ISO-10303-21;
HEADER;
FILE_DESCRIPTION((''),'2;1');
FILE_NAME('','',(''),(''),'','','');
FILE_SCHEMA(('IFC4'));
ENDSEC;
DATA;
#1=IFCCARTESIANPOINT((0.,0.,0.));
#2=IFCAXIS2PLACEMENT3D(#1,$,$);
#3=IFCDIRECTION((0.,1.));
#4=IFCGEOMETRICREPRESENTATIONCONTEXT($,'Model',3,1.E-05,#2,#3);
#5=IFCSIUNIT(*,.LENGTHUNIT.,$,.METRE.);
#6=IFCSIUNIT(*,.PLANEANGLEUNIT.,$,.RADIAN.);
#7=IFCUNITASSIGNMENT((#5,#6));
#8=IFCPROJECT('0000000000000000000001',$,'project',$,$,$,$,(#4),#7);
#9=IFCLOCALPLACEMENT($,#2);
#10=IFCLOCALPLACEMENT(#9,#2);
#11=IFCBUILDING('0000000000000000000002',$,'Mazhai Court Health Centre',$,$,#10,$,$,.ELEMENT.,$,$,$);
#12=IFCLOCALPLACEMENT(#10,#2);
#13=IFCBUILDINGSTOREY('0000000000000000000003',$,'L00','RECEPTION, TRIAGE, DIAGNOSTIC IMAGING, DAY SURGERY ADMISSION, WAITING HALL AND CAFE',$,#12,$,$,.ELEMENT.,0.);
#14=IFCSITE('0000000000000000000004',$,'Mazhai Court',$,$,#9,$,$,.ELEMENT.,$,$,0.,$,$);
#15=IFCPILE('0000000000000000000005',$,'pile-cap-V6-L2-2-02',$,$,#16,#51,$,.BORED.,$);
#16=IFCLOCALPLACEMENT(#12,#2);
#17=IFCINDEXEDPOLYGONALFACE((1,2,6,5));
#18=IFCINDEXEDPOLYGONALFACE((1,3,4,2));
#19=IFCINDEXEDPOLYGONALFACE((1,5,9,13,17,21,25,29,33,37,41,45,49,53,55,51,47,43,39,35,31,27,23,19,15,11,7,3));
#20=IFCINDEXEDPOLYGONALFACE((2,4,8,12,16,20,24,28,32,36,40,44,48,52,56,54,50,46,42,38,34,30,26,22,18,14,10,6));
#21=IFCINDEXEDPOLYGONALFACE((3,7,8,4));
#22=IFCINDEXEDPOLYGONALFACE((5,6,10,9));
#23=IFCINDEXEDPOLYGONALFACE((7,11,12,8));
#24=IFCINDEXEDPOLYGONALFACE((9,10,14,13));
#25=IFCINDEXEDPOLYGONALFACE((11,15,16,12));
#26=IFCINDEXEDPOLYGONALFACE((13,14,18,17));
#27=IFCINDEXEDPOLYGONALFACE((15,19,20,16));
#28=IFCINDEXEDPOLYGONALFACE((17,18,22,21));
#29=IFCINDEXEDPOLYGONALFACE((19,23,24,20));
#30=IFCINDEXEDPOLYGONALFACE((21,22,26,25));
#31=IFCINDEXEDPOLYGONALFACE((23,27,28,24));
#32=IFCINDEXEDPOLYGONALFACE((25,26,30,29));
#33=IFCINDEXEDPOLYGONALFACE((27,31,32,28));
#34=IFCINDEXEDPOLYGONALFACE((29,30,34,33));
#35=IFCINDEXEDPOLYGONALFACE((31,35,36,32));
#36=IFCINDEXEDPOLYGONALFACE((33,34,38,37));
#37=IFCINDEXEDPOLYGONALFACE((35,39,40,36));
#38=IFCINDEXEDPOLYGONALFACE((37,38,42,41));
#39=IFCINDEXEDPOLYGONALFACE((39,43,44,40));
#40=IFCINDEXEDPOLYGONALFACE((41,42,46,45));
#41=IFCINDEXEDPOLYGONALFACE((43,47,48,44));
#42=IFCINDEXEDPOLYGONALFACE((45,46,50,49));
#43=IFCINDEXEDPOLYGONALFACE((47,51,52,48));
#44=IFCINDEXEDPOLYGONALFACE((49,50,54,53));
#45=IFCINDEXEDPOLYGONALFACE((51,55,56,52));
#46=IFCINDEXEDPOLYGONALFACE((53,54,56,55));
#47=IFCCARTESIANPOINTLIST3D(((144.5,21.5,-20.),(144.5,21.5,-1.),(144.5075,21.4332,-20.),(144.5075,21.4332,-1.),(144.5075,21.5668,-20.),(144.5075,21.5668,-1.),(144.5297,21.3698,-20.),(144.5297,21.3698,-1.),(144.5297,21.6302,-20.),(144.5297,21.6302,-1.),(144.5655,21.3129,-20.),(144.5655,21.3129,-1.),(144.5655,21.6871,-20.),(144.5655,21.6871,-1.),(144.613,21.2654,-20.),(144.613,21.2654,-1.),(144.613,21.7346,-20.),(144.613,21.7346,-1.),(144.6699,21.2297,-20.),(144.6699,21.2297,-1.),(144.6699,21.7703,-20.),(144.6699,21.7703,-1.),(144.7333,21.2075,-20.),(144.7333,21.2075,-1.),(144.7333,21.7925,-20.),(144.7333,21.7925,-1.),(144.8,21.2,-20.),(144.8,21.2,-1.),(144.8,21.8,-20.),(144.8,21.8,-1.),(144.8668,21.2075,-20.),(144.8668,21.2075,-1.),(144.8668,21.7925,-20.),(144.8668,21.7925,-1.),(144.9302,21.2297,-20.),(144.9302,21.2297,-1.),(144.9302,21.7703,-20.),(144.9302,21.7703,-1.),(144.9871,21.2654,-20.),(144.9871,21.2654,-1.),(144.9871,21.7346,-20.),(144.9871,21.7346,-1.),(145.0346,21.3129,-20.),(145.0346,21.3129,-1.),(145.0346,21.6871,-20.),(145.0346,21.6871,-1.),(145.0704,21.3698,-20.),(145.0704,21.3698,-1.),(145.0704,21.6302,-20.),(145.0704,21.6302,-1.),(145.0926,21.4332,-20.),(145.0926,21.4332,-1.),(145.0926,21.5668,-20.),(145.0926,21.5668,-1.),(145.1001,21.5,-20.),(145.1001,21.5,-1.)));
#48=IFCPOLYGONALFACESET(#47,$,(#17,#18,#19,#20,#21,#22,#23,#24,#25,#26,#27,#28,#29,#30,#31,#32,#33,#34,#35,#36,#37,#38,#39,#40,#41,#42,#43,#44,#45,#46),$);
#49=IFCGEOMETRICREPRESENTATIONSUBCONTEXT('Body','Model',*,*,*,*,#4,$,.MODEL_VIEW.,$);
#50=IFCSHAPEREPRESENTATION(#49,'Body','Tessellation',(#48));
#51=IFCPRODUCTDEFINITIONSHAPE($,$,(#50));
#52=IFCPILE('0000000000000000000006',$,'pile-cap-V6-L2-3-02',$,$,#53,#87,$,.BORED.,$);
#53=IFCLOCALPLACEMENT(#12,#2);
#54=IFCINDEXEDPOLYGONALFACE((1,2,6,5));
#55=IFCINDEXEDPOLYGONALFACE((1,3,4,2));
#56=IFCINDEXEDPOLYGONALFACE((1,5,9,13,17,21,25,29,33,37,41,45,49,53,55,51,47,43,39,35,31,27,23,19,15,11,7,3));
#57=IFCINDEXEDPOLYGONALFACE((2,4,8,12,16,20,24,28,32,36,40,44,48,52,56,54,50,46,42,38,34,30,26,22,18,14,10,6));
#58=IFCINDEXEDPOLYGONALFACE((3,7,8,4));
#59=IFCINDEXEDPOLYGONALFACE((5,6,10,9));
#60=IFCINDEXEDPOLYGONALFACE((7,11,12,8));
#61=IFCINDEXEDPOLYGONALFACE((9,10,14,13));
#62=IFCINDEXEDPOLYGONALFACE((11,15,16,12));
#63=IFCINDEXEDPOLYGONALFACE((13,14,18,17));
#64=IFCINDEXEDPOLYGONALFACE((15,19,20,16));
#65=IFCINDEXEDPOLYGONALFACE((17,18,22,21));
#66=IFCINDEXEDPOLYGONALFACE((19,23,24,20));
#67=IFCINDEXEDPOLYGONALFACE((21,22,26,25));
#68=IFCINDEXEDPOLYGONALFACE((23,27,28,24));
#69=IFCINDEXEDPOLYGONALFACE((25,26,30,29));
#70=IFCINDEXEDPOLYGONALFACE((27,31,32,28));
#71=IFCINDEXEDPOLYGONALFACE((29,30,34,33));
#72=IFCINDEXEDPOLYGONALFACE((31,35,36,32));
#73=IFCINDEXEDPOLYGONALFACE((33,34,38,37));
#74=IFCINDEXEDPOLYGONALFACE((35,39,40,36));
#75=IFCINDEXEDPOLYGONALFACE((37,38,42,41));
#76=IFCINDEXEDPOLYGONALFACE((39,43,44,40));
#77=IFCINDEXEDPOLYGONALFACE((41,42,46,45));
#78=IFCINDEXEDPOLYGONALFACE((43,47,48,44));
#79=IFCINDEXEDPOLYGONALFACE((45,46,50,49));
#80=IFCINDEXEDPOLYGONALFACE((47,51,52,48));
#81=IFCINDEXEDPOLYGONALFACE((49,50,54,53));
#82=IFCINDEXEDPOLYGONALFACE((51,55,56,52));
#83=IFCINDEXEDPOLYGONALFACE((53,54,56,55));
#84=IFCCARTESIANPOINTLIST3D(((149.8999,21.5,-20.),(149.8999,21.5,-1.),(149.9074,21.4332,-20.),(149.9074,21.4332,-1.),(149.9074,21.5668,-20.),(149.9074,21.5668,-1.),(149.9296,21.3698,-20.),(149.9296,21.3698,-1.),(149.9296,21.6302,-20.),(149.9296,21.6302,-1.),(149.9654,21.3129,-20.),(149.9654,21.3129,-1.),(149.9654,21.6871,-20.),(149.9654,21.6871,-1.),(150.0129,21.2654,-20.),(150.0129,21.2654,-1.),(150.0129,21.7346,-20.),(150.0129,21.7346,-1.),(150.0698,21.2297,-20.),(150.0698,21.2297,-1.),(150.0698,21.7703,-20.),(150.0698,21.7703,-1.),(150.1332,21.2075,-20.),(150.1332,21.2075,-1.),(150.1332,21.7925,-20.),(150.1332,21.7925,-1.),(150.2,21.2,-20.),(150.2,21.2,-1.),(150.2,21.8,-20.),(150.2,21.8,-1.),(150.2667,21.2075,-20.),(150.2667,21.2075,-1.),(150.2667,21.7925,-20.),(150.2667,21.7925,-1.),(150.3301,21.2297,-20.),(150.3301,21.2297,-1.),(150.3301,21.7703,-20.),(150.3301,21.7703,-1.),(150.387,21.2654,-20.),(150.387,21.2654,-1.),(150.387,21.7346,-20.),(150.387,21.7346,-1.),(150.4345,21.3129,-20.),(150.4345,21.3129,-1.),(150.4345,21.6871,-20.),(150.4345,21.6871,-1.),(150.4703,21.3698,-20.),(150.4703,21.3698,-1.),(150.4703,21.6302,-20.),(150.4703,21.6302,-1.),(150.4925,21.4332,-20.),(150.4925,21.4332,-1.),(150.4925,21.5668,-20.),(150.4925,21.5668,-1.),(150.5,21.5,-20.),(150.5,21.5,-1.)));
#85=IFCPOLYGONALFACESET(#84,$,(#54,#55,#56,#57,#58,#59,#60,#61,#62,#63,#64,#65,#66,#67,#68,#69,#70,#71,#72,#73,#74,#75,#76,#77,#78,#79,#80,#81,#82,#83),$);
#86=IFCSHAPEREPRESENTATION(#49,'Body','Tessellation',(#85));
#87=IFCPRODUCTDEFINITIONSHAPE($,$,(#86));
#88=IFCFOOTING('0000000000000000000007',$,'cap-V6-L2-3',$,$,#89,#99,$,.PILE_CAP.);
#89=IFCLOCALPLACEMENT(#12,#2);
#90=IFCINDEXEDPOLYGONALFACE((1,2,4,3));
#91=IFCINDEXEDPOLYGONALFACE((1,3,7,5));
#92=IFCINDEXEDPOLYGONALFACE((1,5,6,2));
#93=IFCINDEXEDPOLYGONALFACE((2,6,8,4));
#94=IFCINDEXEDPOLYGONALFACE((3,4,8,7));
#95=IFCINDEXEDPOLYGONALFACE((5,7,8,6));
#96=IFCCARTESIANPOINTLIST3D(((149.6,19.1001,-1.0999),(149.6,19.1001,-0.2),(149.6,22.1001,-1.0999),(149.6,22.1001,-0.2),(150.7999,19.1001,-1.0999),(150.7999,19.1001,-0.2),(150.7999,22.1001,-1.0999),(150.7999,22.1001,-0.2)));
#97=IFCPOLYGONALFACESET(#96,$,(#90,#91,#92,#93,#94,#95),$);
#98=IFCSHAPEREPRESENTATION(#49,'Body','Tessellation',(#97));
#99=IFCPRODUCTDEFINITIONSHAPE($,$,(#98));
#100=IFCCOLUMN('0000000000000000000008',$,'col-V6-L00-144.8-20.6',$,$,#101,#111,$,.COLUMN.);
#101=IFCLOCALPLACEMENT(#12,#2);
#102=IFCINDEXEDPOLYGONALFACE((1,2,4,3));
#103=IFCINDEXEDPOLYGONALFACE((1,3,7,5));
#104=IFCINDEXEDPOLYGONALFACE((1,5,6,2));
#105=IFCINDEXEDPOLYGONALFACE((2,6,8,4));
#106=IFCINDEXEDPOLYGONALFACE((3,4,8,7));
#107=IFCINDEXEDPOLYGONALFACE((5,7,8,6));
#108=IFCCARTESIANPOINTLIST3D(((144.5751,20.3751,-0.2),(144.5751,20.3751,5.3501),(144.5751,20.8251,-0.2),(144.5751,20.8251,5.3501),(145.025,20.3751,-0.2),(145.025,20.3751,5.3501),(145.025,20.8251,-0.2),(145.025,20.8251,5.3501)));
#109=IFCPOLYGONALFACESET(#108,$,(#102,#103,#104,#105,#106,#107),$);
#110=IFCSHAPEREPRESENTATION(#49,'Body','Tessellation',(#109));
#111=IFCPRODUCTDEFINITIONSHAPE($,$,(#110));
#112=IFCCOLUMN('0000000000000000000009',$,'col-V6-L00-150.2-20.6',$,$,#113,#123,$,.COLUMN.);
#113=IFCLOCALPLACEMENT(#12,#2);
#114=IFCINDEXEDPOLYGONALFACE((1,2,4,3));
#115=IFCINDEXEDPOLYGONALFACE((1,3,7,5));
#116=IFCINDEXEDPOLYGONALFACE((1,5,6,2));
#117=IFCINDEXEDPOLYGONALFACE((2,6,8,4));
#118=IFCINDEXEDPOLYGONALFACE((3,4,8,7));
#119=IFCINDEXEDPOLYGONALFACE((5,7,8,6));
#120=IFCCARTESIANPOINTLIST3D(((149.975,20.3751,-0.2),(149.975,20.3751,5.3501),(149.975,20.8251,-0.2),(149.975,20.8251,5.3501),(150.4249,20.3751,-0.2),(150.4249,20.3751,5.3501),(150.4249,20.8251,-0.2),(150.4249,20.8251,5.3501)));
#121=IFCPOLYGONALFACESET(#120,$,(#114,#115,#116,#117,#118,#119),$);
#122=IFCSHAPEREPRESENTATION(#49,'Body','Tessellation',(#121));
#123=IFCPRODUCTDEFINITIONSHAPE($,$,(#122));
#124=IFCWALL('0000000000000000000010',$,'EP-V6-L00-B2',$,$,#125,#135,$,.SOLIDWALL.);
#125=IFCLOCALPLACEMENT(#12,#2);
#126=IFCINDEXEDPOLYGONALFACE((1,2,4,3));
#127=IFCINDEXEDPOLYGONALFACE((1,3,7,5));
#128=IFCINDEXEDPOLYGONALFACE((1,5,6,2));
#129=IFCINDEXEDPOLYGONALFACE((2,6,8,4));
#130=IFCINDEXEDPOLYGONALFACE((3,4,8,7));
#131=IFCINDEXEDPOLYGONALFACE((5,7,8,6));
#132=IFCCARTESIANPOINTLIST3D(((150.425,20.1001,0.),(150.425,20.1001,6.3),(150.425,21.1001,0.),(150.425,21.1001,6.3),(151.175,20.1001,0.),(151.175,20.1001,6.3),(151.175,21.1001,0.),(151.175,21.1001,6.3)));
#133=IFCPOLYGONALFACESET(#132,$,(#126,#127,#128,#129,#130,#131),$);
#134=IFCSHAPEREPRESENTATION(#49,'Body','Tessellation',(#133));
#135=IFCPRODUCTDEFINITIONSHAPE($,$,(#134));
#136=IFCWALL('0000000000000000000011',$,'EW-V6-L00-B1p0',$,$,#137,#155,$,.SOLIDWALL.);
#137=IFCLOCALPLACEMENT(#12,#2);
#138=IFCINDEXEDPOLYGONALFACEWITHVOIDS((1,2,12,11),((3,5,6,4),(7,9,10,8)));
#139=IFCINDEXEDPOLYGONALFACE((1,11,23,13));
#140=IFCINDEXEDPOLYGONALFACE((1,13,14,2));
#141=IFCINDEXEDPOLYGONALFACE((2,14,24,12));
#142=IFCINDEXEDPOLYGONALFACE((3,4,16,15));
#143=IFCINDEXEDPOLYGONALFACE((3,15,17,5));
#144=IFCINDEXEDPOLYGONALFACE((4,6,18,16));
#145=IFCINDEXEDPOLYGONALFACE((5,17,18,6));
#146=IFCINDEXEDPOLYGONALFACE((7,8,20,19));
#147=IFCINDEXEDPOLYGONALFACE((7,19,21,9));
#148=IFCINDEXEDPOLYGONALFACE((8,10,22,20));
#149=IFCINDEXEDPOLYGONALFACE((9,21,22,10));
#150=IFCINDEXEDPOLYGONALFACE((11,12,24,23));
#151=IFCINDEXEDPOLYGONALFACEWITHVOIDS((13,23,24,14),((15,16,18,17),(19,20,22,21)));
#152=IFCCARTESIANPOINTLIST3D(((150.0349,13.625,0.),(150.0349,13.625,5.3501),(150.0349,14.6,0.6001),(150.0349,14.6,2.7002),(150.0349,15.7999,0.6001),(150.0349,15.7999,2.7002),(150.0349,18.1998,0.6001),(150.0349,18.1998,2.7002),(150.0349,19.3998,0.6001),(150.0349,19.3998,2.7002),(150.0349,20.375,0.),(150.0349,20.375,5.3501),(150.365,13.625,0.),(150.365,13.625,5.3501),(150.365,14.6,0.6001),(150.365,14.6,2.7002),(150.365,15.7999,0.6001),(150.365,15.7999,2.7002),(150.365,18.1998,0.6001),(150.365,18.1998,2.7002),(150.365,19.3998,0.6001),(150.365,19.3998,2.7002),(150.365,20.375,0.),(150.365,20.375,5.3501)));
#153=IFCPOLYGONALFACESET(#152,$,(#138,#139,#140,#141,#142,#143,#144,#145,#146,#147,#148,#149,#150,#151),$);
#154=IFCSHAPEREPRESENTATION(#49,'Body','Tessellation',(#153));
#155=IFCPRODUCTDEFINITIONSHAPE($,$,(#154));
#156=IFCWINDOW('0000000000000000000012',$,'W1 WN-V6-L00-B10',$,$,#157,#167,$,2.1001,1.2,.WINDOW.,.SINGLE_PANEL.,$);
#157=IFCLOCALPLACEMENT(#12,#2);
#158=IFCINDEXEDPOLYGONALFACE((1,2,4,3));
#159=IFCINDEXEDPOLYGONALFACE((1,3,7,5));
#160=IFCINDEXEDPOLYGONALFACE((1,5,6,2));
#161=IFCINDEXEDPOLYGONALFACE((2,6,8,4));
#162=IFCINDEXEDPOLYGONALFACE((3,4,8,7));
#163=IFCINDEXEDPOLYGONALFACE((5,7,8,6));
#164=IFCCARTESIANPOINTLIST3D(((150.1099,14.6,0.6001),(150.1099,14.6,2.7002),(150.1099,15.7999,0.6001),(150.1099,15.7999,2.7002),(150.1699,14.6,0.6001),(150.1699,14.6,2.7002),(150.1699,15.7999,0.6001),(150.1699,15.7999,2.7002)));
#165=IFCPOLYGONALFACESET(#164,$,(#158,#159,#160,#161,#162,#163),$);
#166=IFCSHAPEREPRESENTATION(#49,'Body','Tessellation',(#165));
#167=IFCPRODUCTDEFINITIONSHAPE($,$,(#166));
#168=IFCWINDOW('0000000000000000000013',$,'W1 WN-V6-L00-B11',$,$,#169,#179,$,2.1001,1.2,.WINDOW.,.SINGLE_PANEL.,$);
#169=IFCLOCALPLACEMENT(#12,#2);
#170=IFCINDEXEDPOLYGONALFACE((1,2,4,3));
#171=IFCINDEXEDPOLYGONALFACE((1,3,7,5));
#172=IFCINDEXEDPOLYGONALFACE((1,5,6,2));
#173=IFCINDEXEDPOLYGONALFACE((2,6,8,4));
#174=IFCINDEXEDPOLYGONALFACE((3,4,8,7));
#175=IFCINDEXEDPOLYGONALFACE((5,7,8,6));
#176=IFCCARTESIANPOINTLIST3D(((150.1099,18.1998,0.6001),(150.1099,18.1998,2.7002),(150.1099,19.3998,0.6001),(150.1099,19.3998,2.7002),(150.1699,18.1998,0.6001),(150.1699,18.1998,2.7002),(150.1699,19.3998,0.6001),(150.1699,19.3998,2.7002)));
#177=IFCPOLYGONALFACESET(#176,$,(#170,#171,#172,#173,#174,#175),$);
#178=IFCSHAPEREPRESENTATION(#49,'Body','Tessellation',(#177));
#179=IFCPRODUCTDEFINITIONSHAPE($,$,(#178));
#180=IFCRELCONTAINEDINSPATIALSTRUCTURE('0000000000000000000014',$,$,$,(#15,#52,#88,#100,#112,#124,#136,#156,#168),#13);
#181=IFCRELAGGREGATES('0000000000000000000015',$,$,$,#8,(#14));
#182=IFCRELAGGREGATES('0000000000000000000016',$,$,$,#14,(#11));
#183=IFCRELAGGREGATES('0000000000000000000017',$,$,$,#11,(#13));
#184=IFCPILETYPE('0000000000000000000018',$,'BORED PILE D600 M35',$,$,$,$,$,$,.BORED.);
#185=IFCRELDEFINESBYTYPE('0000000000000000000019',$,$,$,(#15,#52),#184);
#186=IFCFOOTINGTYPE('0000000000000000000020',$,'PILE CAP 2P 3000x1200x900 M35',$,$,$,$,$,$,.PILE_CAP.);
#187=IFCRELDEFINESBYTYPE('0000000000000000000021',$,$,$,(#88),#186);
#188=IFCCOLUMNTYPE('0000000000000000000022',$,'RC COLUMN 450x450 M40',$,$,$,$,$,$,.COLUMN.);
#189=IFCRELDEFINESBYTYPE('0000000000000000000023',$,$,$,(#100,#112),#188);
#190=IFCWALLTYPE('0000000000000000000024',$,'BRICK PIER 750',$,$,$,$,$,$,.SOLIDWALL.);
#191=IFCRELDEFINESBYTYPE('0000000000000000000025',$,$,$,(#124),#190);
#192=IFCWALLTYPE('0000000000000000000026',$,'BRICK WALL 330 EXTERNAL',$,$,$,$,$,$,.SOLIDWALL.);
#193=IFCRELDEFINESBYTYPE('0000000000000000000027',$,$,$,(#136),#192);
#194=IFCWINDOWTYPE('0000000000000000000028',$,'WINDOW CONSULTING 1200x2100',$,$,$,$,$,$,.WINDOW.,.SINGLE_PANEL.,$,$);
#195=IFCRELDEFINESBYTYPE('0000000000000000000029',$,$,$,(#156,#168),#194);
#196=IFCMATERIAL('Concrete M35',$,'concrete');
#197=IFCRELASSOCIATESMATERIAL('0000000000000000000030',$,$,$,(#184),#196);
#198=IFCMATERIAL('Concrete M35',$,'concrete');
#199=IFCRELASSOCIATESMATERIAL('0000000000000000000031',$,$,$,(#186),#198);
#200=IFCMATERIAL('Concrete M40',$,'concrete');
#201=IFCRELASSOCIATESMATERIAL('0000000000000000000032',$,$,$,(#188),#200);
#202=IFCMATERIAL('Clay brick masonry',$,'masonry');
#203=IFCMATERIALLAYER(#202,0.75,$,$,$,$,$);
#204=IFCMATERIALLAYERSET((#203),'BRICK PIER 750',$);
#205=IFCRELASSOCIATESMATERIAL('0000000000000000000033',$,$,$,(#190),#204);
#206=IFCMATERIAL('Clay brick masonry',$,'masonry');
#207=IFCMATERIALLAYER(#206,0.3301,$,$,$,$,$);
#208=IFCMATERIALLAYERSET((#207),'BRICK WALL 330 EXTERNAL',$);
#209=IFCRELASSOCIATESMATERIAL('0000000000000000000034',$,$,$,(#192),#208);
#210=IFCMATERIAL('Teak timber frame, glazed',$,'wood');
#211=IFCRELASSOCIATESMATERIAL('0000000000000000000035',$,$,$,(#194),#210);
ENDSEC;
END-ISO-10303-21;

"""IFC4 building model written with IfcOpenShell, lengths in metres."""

from ifc_helpers import new_model, si_unit, direction, frame, frame_2d, origin, origin_2d, place, context, subcontext, project, spatial, rectangle, circle, extrude, material, layer, layer_set, material_profile, profile_set, type_object, element, fill, save


model = new_model("IFC4")

# Units and contexts
model_context = context("Model", 3, precision=1e-05, world=origin(), true_north=direction((0.0, 1.0)))
body_context = subcontext(model_context, "Body", "Model", "MODEL_VIEW")
ifc_project = project(units=[si_unit("LENGTHUNIT", "METRE"), si_unit("PLANEANGLEUNIT", "RADIAN")], contexts=[model_context])

# Site, building, storey
site_placement = place(None, origin())
site = spatial("IfcSite", under=ifc_project, at=site_placement, Name="Mazhai Court", CompositionType="ELEMENT", RefElevation=0.0)
building_placement = place(site_placement, origin())
building = spatial("IfcBuilding", under=site, at=building_placement, Name="Mazhai Court Health Centre", CompositionType="ELEMENT")
storey_placement = place(building_placement, origin())
storey = spatial("IfcBuildingStorey", under=building, at=storey_placement, Name="L00", Description="RECEPTION, TRIAGE, DIAGNOSTIC IMAGING, DAY SURGERY ADMISSION, WAITING HALL AND CAFE", CompositionType="ELEMENT", Elevation=0.0)

# Piles
ifc_material_1 = material(Name="Concrete M35", Category="concrete")
ifc_material_profile_1 = material_profile(ifc_material_1, circle(Radius=0.3, at=origin_2d()), Name="RC PILE D600")
ifc_profile_set_1 = profile_set([ifc_material_profile_1], Name="Concrete M35")
pile_type = type_object("IfcPileType", Name="BORED PILE D600 M35", PredefinedType="BORED", material=ifc_profile_set_1)
for number, where, z_axis, x_axis, name in (
    (1, (144.8, 21.5, -1.0), (0.0, 0.0, -1.0), (1.0, 0.0, 0.0), "pile-cap-V6-L2-2-02"),
    (2, (150.2, 21.5, -1.0), (0.0, 0.0, -1.0), (1.0, 0.0, 0.0), "pile-cap-V6-L2-3-02"),
):
    element("IfcPile", number, at=place(storey_placement, frame(where, z_axis=z_axis, x_axis=x_axis)), inside=storey, type_object=pile_type, Name=name, PredefinedType="BORED", context=body_context, shape_type="SweptSolid", body=[
        extrude(circle(Radius=0.3, at=origin_2d()), origin(), (0.0, 0.0, 1.0), 19.0),
    ])

# Footing
ifc_material_2 = material(Name="Concrete M35", Category="concrete")
footing_type = type_object("IfcFootingType", Name="PILE CAP 2P 3000x1200x900 M35", PredefinedType="PILE_CAP", material=ifc_material_2)
footing_placement = place(storey_placement, frame((150.2, 20.6001, -1.0999), z_axis=(0.0, 0.0, 1.0), x_axis=(1.0, 0.0, 0.0)))
element("IfcFooting", 3, at=footing_placement, inside=storey, type_object=footing_type, Name="cap-V6-L2-3", PredefinedType="PILE_CAP", context=body_context, shape_type="SweptSolid", body=[
    extrude(rectangle(XDim=1.2, YDim=3.0, at=origin_2d()), origin(), (0.0, 0.0, 1.0), 0.8999),
])

# Columns
ifc_material_3 = material(Name="Concrete M40", Category="concrete")
ifc_material_profile_2 = material_profile(ifc_material_3, rectangle(XDim=0.45, YDim=0.45, at=origin_2d()), Name="RC 450x450")
ifc_profile_set_2 = profile_set([ifc_material_profile_2], Name="Concrete M40")
column_type = type_object("IfcColumnType", Name="RC COLUMN 450x450 M40", PredefinedType="COLUMN", material=ifc_profile_set_2)
for number, where, z_axis, x_axis, name in (
    (4, (144.8, 20.6001, -0.2), (0.0, 0.0, 1.0), (1.0, 0.0, 0.0), "col-V6-L00-144.8-20.6"),
    (5, (150.2, 20.6001, -0.2), (0.0, 0.0, 1.0), (1.0, 0.0, 0.0), "col-V6-L00-150.2-20.6"),
):
    element("IfcColumn", number, at=place(storey_placement, frame(where, z_axis=z_axis, x_axis=x_axis)), inside=storey, type_object=column_type, Name=name, PredefinedType="COLUMN", context=body_context, shape_type="SweptSolid", body=[
        extrude(rectangle(XDim=0.45, YDim=0.45, at=origin_2d()), origin(), (0.0, 0.0, 1.0), 5.55),
    ])

# Wall
ifc_material_4 = material(Name="Clay brick masonry", Category="masonry")
ifc_layer_1 = layer(ifc_material_4, 0.75)
ifc_layer_set_1 = layer_set([ifc_layer_1], Name="BRICK PIER 750")
wall_type_1 = type_object("IfcWallType", Name="BRICK PIER 750", PredefinedType="SOLIDWALL", material=ifc_layer_set_1)
wall_1_placement = place(storey_placement, frame((150.8, 21.1001, 0.0), z_axis=(0.0, 0.0, 1.0), x_axis=(0.0, -1.0, 0.0)))
element("IfcWall", 6, at=wall_1_placement, inside=storey, type_object=wall_type_1, Name="EP-V6-L00-B2", PredefinedType="SOLIDWALL", context=body_context, shape_type="SweptSolid", body=[
    extrude(rectangle(XDim=1.0, YDim=0.75, at=frame_2d((0.5, 0.0))), origin(), (0.0, 0.0, 1.0), 6.3),
])

# Wall, openings, windows
ifc_material_5 = material(Name="Clay brick masonry", Category="masonry")
ifc_layer_2 = layer(ifc_material_5, 0.3301)
ifc_layer_set_2 = layer_set([ifc_layer_2], Name="BRICK WALL 330 EXTERNAL")
wall_type_2 = type_object("IfcWallType", Name="BRICK WALL 330 EXTERNAL", PredefinedType="SOLIDWALL", material=ifc_layer_set_2)
wall_2_placement = place(storey_placement, frame((150.2, 20.375, 0.0), z_axis=(0.0, 0.0, 1.0), x_axis=(0.0, -1.0, 0.0)))
wall_2 = element("IfcWall", 7, at=wall_2_placement, inside=storey, type_object=wall_type_2, Name="EW-V6-L00-B1p0", PredefinedType="SOLIDWALL", context=body_context, shape_type="SweptSolid", body=[
    extrude(rectangle(XDim=6.75, YDim=0.3301, at=frame_2d((3.375, 0.0))), origin(), (0.0, 0.0, 1.0), 5.3501),
])
opening_1_placement = place(wall_2_placement, frame((4.575, 0.0, 0.6001)))
opening_1 = element("IfcOpeningElement", 8, at=opening_1_placement, cuts=wall_2, PredefinedType="OPENING", context=body_context, shape_type="SweptSolid", body=[
    extrude(rectangle(XDim=1.2, YDim=2.1001, at=frame_2d((0.6001, 1.05))), frame((0.0, 0.175, 0.0), z_axis=(0.0, -1.0, 0.0), x_axis=(1.0, 0.0, 0.0)), (0.0, 0.0, 1.0), 0.3501),
])
opening_2_placement = place(wall_2_placement, frame((0.9751, 0.0, 0.6001)))
opening_2 = element("IfcOpeningElement", 9, at=opening_2_placement, cuts=wall_2, PredefinedType="OPENING", context=body_context, shape_type="SweptSolid", body=[
    extrude(rectangle(XDim=1.2, YDim=2.1001, at=frame_2d((0.6001, 1.05))), frame((0.0, 0.175, 0.0), z_axis=(0.0, -1.0, 0.0), x_axis=(1.0, 0.0, 0.0)), (0.0, 0.0, 1.0), 0.3501),
])
ifc_material_6 = material(Name="Teak timber frame, glazed", Category="wood")
window_type = type_object("IfcWindowType", Name="WINDOW CONSULTING 1200x2100", PartitioningType="SINGLE_PANEL", PredefinedType="WINDOW", material=ifc_material_6)
window_1_placement = place(opening_1_placement, origin())
window_1 = element("IfcWindow", 10, at=window_1_placement, inside=storey, type_object=window_type, Name="W1 WN-V6-L00-B10", OverallHeight=2.1001, OverallWidth=1.2, PartitioningType="SINGLE_PANEL", PredefinedType="WINDOW", context=body_context, shape_type="SweptSolid", body=[
    extrude(rectangle(XDim=1.2, YDim=2.1001, at=frame_2d((0.6001, 1.05))), frame((0.0, -0.03, 0.0), z_axis=(0.0, -1.0, 0.0), x_axis=(1.0, 0.0, 0.0)), (0.0, 0.0, 1.0), 0.0601),
])
fill(opening_1, window_1)
window_2_placement = place(opening_2_placement, origin())
window_2 = element("IfcWindow", 11, at=window_2_placement, inside=storey, type_object=window_type, Name="W1 WN-V6-L00-B11", OverallHeight=2.1001, OverallWidth=1.2, PartitioningType="SINGLE_PANEL", PredefinedType="WINDOW", context=body_context, shape_type="SweptSolid", body=[
    extrude(rectangle(XDim=1.2, YDim=2.1001, at=frame_2d((0.6001, 1.05))), frame((0.0, -0.03, 0.0), z_axis=(0.0, -1.0, 0.0), x_axis=(1.0, 0.0, 0.0)), (0.0, 0.0, 1.0), 0.0601),
])
fill(opening_2, window_2)

save(model, "model.ifc")
